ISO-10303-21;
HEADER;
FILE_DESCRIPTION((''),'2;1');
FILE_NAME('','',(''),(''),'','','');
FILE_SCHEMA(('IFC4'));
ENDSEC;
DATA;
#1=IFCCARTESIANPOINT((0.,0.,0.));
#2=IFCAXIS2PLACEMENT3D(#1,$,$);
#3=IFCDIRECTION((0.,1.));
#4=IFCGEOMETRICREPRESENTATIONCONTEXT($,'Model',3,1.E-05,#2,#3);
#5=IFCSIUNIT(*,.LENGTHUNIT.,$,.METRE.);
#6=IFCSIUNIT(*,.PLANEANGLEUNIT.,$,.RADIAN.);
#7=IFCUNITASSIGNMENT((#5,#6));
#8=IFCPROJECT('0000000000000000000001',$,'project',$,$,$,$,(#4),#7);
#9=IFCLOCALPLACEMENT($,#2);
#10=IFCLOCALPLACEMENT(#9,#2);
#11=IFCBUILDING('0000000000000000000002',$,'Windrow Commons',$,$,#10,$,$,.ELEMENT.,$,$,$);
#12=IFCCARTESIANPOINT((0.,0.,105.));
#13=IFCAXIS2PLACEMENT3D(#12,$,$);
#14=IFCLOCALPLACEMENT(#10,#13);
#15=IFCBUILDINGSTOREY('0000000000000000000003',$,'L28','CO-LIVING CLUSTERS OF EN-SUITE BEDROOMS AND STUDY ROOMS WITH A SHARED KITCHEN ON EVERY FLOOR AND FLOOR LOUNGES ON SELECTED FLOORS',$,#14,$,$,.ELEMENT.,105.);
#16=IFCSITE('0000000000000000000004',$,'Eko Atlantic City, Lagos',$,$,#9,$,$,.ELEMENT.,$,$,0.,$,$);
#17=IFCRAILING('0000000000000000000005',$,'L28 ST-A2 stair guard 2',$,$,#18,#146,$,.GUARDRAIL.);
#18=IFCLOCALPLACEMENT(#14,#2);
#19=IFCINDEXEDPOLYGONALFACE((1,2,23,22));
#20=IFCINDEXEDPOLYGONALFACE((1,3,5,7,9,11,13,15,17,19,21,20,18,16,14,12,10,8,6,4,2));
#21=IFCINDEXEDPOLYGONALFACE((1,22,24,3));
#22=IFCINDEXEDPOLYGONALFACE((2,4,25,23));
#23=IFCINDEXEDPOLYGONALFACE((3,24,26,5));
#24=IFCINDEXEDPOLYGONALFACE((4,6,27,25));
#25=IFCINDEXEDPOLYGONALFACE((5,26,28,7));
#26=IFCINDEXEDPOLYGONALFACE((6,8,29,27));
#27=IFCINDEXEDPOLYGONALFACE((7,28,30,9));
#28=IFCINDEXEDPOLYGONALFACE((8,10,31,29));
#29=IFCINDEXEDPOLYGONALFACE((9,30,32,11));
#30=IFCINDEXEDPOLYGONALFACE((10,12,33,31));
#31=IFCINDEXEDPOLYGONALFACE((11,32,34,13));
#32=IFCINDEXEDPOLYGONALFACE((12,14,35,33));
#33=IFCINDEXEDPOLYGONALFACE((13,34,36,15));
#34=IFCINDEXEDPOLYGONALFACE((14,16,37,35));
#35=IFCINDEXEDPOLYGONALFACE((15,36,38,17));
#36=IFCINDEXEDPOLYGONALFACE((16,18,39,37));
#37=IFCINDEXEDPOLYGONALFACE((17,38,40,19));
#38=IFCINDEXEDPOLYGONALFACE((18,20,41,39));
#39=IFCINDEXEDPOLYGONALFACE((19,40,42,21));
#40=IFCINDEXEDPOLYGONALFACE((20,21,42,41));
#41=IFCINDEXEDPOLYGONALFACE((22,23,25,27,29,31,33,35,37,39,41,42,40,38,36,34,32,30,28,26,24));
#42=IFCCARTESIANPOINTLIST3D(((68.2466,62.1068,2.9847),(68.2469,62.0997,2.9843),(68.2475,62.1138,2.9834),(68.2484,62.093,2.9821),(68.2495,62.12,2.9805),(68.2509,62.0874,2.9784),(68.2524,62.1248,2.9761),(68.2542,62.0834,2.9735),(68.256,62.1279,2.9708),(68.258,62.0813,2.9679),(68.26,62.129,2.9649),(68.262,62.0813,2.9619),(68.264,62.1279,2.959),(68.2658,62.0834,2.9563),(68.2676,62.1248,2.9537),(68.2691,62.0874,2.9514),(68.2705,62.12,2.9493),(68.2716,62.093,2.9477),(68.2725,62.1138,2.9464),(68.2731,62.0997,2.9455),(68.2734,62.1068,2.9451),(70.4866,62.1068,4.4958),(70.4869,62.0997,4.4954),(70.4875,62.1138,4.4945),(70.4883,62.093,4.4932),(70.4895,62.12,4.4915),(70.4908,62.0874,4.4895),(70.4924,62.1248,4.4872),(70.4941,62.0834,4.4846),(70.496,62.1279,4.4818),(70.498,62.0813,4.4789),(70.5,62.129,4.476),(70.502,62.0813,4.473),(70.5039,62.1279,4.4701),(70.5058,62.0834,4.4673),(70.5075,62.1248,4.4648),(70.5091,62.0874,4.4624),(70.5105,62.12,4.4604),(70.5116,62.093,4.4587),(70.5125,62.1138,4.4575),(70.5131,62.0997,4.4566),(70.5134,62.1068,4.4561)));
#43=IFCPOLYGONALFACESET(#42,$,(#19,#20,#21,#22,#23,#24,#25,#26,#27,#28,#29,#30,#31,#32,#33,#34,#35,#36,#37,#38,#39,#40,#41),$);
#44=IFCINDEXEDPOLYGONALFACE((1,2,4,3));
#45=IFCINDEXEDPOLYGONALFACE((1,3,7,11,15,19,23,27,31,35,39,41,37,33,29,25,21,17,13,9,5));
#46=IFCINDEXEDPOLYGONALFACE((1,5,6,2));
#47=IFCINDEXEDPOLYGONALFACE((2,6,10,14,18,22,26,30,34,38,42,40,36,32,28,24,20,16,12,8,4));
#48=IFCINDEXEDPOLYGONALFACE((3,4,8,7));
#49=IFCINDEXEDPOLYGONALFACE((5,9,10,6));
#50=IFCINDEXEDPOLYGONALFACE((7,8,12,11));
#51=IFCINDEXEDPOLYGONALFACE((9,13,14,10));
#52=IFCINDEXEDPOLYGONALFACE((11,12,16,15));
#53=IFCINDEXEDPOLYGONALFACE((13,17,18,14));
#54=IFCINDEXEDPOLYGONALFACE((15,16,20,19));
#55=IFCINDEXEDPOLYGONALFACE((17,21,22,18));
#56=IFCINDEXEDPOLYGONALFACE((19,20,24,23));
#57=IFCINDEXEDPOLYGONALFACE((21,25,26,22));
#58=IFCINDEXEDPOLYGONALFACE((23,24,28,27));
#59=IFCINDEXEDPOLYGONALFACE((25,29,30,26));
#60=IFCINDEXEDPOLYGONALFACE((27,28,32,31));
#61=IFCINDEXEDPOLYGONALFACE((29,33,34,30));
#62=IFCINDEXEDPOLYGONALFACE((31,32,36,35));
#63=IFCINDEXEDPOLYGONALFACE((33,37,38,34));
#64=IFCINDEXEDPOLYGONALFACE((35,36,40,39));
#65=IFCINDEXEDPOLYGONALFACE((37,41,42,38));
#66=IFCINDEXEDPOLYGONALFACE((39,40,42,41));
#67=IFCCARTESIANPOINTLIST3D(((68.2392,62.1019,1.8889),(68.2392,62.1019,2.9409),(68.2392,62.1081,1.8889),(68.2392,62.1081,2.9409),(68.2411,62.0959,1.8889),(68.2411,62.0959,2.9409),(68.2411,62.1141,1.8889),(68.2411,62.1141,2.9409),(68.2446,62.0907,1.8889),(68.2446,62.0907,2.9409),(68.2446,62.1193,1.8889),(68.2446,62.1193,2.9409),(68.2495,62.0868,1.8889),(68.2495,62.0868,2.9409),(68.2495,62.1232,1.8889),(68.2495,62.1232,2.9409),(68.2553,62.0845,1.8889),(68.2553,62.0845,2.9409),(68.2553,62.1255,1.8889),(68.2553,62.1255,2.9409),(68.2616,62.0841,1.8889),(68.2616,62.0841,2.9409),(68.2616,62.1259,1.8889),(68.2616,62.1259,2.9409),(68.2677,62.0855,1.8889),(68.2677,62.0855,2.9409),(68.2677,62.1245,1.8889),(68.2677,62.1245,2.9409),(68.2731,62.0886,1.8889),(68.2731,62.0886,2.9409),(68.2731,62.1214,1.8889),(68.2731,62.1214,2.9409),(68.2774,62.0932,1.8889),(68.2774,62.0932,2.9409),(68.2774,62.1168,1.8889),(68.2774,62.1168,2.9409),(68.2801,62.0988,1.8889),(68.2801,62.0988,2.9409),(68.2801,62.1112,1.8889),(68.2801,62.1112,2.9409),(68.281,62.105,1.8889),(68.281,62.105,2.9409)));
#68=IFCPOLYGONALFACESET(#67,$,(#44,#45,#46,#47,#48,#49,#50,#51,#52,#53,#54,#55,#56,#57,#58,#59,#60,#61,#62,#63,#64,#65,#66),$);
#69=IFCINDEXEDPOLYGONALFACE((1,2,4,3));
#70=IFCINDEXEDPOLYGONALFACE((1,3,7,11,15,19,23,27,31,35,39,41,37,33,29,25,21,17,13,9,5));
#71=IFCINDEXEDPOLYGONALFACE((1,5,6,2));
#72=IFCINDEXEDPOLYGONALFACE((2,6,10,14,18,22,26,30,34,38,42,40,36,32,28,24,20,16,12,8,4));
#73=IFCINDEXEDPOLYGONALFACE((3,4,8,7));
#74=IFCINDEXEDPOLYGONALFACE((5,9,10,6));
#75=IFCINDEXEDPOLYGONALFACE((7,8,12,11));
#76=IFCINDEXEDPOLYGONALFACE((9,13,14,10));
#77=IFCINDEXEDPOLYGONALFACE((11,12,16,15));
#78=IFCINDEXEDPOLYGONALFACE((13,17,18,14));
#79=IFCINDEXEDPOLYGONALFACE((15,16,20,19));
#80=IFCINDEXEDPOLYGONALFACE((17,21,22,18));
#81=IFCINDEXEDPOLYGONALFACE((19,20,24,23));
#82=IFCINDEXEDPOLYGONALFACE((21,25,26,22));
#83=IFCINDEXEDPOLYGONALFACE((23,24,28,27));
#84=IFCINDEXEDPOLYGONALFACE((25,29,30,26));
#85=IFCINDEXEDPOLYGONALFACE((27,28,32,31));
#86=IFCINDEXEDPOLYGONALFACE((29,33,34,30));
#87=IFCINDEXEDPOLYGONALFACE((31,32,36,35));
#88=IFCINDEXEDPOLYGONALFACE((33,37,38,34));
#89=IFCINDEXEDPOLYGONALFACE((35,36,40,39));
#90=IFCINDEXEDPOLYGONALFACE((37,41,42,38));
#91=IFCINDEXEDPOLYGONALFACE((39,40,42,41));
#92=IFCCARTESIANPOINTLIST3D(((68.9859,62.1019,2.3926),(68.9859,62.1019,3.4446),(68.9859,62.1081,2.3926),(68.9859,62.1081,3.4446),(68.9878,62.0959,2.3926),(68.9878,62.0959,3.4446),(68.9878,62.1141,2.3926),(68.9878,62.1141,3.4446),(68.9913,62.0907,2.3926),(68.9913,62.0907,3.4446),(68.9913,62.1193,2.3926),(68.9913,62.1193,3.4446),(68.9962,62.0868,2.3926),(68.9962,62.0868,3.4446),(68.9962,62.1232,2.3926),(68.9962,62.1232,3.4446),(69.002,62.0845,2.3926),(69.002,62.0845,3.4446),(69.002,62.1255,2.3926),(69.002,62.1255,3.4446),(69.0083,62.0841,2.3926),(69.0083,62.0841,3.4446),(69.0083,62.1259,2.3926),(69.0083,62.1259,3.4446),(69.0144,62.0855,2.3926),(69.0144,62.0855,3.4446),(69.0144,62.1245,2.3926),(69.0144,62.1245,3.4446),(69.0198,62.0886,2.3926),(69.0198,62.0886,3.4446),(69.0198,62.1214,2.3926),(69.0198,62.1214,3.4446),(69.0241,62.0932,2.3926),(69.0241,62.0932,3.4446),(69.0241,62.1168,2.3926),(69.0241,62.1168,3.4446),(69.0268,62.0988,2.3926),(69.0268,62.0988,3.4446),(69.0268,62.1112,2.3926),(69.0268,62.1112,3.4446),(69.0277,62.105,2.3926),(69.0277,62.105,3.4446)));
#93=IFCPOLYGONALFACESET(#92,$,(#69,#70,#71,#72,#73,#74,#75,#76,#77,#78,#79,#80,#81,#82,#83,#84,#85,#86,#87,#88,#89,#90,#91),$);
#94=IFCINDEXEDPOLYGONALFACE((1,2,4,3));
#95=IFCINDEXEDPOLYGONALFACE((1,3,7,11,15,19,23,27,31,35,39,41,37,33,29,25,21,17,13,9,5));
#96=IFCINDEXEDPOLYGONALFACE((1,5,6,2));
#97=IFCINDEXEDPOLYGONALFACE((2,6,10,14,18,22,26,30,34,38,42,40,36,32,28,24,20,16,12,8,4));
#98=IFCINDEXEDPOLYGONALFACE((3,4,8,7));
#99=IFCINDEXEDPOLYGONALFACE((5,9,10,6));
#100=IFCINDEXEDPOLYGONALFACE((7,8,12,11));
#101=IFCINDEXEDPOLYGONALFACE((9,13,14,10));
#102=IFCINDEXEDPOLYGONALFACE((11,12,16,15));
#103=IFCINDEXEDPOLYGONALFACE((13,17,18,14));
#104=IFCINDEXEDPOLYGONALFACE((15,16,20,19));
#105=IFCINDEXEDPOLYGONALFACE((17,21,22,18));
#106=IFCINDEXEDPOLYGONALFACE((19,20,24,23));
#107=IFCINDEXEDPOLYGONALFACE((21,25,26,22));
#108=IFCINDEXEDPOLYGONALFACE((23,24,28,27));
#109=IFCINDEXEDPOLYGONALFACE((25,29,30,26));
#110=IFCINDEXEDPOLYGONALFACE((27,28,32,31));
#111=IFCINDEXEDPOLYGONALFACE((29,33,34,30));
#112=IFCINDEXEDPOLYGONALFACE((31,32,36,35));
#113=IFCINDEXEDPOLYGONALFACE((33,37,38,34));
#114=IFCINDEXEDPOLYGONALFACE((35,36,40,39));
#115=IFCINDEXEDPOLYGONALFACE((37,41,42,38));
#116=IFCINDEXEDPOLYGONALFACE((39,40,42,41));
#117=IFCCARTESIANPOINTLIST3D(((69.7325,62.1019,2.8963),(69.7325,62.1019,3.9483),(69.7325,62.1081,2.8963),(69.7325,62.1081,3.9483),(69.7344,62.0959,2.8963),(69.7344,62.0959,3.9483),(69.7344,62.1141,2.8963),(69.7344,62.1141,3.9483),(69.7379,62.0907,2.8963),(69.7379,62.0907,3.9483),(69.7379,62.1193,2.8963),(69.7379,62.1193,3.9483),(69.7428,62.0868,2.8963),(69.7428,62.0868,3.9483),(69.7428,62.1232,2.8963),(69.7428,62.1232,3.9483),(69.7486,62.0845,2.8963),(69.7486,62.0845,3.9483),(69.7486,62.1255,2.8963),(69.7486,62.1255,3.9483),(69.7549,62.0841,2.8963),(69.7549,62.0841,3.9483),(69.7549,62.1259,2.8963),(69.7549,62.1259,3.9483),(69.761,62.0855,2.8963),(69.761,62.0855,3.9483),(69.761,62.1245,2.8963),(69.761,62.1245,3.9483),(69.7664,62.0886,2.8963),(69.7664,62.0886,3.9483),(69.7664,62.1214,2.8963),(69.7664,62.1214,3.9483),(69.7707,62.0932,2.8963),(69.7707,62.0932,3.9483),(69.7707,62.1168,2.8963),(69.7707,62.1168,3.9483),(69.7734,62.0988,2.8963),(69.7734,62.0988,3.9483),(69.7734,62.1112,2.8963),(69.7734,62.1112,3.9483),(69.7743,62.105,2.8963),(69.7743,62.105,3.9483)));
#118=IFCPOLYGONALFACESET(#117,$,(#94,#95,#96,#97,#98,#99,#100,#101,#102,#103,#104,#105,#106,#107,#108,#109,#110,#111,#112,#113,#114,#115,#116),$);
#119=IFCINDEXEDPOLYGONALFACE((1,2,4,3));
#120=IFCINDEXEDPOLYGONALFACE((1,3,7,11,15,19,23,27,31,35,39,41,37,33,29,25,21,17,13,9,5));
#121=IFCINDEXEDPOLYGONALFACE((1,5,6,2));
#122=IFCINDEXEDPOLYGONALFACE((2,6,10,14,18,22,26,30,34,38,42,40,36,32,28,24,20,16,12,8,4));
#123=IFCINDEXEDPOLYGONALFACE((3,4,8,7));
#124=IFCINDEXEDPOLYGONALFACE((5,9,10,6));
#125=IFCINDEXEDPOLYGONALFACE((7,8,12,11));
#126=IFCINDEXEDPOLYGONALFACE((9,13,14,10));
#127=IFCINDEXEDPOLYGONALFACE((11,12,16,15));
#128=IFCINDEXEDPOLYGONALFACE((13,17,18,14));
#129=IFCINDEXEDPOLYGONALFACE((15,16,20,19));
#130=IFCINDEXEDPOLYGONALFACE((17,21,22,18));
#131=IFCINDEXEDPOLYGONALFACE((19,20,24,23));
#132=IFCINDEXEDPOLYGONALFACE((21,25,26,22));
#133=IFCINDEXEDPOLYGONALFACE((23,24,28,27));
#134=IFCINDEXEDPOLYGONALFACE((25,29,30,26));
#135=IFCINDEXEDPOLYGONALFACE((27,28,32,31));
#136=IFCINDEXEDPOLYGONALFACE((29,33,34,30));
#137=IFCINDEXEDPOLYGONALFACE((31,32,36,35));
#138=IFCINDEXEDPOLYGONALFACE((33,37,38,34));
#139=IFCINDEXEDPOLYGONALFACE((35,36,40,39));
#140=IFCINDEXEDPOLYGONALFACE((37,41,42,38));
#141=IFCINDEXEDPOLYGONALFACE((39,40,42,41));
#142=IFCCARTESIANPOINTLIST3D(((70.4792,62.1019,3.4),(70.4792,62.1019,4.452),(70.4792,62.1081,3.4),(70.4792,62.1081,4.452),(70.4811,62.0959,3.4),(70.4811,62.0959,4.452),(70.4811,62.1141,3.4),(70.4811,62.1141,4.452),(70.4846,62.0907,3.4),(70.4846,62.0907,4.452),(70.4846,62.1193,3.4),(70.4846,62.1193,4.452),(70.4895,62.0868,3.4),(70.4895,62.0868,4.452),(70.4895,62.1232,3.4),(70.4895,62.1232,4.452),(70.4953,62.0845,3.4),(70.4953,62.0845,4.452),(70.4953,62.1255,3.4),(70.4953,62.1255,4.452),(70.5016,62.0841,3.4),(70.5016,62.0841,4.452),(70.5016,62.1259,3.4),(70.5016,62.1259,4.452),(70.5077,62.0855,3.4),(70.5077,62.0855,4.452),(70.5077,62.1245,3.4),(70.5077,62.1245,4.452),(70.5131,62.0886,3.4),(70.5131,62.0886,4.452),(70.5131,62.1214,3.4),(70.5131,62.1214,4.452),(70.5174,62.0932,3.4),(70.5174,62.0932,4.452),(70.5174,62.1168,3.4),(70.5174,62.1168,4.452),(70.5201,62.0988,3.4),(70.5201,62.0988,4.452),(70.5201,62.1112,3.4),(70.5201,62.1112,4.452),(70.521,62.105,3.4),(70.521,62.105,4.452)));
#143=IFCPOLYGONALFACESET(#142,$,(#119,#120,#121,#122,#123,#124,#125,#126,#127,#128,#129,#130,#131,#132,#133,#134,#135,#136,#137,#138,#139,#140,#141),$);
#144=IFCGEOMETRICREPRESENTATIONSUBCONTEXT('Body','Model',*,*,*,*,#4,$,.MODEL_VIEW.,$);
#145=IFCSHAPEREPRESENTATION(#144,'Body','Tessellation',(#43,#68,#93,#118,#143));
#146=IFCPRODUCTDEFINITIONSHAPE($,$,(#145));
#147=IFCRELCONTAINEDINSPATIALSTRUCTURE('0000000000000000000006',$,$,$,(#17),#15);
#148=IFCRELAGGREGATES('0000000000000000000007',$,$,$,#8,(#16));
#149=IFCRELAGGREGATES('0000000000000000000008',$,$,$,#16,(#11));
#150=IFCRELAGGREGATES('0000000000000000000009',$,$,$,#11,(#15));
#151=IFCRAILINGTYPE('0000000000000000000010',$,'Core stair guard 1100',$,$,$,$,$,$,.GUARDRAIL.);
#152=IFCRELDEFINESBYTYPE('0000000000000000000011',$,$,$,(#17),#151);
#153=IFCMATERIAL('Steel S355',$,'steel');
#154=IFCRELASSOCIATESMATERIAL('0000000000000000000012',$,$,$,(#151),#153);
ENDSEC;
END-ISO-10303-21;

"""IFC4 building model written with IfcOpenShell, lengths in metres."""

from ifc_helpers import new_model, si_unit, direction, frame, origin, origin_2d, place, context, subcontext, project, spatial, circle, extrude, material, type_object, element, save


model = new_model("IFC4")

# Units and contexts
model_context = context("Model", 3, precision=1e-05, world=origin(), true_north=direction((0.0, 1.0)))
body_context = subcontext(model_context, "Body", "Model", "MODEL_VIEW")
ifc_project = project(units=[si_unit("LENGTHUNIT", "METRE"), si_unit("PLANEANGLEUNIT", "RADIAN")], contexts=[model_context])

# Site, building, storey
site_placement = place(None, origin())
site = spatial("IfcSite", under=ifc_project, at=site_placement, Name="Eko Atlantic City, Lagos", CompositionType="ELEMENT", RefElevation=0.0)
building_placement = place(site_placement, origin())
building = spatial("IfcBuilding", under=site, at=building_placement, Name="Windrow Commons", CompositionType="ELEMENT")
storey_placement = place(building_placement, frame((0.0, 0.0, 105.0)))
storey = spatial("IfcBuildingStorey", under=building, at=storey_placement, Name="L28", Description="CO-LIVING CLUSTERS OF EN-SUITE BEDROOMS AND STUDY ROOMS WITH A SHARED KITCHEN ON EVERY FLOOR AND FLOOR LOUNGES ON SELECTED FLOORS", CompositionType="ELEMENT", Elevation=105.0)

# Railing
ifc_material_1 = material(Name="Steel S355", Category="steel")
railing_type_1 = type_object("IfcRailingType", Name="Core stair guard 1100", PredefinedType="GUARDRAIL", material=ifc_material_1)
railing_1_placement = place(storey_placement, frame((68.26, 62.105, 1.8889)))
element("IfcRailing", 1, at=railing_1_placement, inside=storey, type_object=railing_type_1, Name="L28 ST-A2 stair guard 2", PredefinedType="GUARDRAIL", context=body_context, shape_type="SweptSolid", body=[
    extrude(circle(Radius=0.024, at=origin_2d()), frame((0.0, 0.0, 1.076), z_axis=(0.829003, 0.0, 0.559244), x_axis=(0.0, 1.0, 0.0)), (0.0, 0.0, 1.0), 2.702),
    extrude(circle(Radius=0.021, at=origin_2d()), origin(), (0.0, 0.0, 1.0), 1.052),
    extrude(circle(Radius=0.021, at=origin_2d()), frame((0.7467, 0.0, 0.5037)), (0.0, 0.0, 1.0), 1.052),
    extrude(circle(Radius=0.021, at=origin_2d()), frame((1.4933, 0.0, 1.0074)), (0.0, 0.0, 1.0), 1.052),
    extrude(circle(Radius=0.021, at=origin_2d()), frame((2.24, 0.0, 1.5111)), (0.0, 0.0, 1.0), 1.052),
])

save(model, "model.ifc")
